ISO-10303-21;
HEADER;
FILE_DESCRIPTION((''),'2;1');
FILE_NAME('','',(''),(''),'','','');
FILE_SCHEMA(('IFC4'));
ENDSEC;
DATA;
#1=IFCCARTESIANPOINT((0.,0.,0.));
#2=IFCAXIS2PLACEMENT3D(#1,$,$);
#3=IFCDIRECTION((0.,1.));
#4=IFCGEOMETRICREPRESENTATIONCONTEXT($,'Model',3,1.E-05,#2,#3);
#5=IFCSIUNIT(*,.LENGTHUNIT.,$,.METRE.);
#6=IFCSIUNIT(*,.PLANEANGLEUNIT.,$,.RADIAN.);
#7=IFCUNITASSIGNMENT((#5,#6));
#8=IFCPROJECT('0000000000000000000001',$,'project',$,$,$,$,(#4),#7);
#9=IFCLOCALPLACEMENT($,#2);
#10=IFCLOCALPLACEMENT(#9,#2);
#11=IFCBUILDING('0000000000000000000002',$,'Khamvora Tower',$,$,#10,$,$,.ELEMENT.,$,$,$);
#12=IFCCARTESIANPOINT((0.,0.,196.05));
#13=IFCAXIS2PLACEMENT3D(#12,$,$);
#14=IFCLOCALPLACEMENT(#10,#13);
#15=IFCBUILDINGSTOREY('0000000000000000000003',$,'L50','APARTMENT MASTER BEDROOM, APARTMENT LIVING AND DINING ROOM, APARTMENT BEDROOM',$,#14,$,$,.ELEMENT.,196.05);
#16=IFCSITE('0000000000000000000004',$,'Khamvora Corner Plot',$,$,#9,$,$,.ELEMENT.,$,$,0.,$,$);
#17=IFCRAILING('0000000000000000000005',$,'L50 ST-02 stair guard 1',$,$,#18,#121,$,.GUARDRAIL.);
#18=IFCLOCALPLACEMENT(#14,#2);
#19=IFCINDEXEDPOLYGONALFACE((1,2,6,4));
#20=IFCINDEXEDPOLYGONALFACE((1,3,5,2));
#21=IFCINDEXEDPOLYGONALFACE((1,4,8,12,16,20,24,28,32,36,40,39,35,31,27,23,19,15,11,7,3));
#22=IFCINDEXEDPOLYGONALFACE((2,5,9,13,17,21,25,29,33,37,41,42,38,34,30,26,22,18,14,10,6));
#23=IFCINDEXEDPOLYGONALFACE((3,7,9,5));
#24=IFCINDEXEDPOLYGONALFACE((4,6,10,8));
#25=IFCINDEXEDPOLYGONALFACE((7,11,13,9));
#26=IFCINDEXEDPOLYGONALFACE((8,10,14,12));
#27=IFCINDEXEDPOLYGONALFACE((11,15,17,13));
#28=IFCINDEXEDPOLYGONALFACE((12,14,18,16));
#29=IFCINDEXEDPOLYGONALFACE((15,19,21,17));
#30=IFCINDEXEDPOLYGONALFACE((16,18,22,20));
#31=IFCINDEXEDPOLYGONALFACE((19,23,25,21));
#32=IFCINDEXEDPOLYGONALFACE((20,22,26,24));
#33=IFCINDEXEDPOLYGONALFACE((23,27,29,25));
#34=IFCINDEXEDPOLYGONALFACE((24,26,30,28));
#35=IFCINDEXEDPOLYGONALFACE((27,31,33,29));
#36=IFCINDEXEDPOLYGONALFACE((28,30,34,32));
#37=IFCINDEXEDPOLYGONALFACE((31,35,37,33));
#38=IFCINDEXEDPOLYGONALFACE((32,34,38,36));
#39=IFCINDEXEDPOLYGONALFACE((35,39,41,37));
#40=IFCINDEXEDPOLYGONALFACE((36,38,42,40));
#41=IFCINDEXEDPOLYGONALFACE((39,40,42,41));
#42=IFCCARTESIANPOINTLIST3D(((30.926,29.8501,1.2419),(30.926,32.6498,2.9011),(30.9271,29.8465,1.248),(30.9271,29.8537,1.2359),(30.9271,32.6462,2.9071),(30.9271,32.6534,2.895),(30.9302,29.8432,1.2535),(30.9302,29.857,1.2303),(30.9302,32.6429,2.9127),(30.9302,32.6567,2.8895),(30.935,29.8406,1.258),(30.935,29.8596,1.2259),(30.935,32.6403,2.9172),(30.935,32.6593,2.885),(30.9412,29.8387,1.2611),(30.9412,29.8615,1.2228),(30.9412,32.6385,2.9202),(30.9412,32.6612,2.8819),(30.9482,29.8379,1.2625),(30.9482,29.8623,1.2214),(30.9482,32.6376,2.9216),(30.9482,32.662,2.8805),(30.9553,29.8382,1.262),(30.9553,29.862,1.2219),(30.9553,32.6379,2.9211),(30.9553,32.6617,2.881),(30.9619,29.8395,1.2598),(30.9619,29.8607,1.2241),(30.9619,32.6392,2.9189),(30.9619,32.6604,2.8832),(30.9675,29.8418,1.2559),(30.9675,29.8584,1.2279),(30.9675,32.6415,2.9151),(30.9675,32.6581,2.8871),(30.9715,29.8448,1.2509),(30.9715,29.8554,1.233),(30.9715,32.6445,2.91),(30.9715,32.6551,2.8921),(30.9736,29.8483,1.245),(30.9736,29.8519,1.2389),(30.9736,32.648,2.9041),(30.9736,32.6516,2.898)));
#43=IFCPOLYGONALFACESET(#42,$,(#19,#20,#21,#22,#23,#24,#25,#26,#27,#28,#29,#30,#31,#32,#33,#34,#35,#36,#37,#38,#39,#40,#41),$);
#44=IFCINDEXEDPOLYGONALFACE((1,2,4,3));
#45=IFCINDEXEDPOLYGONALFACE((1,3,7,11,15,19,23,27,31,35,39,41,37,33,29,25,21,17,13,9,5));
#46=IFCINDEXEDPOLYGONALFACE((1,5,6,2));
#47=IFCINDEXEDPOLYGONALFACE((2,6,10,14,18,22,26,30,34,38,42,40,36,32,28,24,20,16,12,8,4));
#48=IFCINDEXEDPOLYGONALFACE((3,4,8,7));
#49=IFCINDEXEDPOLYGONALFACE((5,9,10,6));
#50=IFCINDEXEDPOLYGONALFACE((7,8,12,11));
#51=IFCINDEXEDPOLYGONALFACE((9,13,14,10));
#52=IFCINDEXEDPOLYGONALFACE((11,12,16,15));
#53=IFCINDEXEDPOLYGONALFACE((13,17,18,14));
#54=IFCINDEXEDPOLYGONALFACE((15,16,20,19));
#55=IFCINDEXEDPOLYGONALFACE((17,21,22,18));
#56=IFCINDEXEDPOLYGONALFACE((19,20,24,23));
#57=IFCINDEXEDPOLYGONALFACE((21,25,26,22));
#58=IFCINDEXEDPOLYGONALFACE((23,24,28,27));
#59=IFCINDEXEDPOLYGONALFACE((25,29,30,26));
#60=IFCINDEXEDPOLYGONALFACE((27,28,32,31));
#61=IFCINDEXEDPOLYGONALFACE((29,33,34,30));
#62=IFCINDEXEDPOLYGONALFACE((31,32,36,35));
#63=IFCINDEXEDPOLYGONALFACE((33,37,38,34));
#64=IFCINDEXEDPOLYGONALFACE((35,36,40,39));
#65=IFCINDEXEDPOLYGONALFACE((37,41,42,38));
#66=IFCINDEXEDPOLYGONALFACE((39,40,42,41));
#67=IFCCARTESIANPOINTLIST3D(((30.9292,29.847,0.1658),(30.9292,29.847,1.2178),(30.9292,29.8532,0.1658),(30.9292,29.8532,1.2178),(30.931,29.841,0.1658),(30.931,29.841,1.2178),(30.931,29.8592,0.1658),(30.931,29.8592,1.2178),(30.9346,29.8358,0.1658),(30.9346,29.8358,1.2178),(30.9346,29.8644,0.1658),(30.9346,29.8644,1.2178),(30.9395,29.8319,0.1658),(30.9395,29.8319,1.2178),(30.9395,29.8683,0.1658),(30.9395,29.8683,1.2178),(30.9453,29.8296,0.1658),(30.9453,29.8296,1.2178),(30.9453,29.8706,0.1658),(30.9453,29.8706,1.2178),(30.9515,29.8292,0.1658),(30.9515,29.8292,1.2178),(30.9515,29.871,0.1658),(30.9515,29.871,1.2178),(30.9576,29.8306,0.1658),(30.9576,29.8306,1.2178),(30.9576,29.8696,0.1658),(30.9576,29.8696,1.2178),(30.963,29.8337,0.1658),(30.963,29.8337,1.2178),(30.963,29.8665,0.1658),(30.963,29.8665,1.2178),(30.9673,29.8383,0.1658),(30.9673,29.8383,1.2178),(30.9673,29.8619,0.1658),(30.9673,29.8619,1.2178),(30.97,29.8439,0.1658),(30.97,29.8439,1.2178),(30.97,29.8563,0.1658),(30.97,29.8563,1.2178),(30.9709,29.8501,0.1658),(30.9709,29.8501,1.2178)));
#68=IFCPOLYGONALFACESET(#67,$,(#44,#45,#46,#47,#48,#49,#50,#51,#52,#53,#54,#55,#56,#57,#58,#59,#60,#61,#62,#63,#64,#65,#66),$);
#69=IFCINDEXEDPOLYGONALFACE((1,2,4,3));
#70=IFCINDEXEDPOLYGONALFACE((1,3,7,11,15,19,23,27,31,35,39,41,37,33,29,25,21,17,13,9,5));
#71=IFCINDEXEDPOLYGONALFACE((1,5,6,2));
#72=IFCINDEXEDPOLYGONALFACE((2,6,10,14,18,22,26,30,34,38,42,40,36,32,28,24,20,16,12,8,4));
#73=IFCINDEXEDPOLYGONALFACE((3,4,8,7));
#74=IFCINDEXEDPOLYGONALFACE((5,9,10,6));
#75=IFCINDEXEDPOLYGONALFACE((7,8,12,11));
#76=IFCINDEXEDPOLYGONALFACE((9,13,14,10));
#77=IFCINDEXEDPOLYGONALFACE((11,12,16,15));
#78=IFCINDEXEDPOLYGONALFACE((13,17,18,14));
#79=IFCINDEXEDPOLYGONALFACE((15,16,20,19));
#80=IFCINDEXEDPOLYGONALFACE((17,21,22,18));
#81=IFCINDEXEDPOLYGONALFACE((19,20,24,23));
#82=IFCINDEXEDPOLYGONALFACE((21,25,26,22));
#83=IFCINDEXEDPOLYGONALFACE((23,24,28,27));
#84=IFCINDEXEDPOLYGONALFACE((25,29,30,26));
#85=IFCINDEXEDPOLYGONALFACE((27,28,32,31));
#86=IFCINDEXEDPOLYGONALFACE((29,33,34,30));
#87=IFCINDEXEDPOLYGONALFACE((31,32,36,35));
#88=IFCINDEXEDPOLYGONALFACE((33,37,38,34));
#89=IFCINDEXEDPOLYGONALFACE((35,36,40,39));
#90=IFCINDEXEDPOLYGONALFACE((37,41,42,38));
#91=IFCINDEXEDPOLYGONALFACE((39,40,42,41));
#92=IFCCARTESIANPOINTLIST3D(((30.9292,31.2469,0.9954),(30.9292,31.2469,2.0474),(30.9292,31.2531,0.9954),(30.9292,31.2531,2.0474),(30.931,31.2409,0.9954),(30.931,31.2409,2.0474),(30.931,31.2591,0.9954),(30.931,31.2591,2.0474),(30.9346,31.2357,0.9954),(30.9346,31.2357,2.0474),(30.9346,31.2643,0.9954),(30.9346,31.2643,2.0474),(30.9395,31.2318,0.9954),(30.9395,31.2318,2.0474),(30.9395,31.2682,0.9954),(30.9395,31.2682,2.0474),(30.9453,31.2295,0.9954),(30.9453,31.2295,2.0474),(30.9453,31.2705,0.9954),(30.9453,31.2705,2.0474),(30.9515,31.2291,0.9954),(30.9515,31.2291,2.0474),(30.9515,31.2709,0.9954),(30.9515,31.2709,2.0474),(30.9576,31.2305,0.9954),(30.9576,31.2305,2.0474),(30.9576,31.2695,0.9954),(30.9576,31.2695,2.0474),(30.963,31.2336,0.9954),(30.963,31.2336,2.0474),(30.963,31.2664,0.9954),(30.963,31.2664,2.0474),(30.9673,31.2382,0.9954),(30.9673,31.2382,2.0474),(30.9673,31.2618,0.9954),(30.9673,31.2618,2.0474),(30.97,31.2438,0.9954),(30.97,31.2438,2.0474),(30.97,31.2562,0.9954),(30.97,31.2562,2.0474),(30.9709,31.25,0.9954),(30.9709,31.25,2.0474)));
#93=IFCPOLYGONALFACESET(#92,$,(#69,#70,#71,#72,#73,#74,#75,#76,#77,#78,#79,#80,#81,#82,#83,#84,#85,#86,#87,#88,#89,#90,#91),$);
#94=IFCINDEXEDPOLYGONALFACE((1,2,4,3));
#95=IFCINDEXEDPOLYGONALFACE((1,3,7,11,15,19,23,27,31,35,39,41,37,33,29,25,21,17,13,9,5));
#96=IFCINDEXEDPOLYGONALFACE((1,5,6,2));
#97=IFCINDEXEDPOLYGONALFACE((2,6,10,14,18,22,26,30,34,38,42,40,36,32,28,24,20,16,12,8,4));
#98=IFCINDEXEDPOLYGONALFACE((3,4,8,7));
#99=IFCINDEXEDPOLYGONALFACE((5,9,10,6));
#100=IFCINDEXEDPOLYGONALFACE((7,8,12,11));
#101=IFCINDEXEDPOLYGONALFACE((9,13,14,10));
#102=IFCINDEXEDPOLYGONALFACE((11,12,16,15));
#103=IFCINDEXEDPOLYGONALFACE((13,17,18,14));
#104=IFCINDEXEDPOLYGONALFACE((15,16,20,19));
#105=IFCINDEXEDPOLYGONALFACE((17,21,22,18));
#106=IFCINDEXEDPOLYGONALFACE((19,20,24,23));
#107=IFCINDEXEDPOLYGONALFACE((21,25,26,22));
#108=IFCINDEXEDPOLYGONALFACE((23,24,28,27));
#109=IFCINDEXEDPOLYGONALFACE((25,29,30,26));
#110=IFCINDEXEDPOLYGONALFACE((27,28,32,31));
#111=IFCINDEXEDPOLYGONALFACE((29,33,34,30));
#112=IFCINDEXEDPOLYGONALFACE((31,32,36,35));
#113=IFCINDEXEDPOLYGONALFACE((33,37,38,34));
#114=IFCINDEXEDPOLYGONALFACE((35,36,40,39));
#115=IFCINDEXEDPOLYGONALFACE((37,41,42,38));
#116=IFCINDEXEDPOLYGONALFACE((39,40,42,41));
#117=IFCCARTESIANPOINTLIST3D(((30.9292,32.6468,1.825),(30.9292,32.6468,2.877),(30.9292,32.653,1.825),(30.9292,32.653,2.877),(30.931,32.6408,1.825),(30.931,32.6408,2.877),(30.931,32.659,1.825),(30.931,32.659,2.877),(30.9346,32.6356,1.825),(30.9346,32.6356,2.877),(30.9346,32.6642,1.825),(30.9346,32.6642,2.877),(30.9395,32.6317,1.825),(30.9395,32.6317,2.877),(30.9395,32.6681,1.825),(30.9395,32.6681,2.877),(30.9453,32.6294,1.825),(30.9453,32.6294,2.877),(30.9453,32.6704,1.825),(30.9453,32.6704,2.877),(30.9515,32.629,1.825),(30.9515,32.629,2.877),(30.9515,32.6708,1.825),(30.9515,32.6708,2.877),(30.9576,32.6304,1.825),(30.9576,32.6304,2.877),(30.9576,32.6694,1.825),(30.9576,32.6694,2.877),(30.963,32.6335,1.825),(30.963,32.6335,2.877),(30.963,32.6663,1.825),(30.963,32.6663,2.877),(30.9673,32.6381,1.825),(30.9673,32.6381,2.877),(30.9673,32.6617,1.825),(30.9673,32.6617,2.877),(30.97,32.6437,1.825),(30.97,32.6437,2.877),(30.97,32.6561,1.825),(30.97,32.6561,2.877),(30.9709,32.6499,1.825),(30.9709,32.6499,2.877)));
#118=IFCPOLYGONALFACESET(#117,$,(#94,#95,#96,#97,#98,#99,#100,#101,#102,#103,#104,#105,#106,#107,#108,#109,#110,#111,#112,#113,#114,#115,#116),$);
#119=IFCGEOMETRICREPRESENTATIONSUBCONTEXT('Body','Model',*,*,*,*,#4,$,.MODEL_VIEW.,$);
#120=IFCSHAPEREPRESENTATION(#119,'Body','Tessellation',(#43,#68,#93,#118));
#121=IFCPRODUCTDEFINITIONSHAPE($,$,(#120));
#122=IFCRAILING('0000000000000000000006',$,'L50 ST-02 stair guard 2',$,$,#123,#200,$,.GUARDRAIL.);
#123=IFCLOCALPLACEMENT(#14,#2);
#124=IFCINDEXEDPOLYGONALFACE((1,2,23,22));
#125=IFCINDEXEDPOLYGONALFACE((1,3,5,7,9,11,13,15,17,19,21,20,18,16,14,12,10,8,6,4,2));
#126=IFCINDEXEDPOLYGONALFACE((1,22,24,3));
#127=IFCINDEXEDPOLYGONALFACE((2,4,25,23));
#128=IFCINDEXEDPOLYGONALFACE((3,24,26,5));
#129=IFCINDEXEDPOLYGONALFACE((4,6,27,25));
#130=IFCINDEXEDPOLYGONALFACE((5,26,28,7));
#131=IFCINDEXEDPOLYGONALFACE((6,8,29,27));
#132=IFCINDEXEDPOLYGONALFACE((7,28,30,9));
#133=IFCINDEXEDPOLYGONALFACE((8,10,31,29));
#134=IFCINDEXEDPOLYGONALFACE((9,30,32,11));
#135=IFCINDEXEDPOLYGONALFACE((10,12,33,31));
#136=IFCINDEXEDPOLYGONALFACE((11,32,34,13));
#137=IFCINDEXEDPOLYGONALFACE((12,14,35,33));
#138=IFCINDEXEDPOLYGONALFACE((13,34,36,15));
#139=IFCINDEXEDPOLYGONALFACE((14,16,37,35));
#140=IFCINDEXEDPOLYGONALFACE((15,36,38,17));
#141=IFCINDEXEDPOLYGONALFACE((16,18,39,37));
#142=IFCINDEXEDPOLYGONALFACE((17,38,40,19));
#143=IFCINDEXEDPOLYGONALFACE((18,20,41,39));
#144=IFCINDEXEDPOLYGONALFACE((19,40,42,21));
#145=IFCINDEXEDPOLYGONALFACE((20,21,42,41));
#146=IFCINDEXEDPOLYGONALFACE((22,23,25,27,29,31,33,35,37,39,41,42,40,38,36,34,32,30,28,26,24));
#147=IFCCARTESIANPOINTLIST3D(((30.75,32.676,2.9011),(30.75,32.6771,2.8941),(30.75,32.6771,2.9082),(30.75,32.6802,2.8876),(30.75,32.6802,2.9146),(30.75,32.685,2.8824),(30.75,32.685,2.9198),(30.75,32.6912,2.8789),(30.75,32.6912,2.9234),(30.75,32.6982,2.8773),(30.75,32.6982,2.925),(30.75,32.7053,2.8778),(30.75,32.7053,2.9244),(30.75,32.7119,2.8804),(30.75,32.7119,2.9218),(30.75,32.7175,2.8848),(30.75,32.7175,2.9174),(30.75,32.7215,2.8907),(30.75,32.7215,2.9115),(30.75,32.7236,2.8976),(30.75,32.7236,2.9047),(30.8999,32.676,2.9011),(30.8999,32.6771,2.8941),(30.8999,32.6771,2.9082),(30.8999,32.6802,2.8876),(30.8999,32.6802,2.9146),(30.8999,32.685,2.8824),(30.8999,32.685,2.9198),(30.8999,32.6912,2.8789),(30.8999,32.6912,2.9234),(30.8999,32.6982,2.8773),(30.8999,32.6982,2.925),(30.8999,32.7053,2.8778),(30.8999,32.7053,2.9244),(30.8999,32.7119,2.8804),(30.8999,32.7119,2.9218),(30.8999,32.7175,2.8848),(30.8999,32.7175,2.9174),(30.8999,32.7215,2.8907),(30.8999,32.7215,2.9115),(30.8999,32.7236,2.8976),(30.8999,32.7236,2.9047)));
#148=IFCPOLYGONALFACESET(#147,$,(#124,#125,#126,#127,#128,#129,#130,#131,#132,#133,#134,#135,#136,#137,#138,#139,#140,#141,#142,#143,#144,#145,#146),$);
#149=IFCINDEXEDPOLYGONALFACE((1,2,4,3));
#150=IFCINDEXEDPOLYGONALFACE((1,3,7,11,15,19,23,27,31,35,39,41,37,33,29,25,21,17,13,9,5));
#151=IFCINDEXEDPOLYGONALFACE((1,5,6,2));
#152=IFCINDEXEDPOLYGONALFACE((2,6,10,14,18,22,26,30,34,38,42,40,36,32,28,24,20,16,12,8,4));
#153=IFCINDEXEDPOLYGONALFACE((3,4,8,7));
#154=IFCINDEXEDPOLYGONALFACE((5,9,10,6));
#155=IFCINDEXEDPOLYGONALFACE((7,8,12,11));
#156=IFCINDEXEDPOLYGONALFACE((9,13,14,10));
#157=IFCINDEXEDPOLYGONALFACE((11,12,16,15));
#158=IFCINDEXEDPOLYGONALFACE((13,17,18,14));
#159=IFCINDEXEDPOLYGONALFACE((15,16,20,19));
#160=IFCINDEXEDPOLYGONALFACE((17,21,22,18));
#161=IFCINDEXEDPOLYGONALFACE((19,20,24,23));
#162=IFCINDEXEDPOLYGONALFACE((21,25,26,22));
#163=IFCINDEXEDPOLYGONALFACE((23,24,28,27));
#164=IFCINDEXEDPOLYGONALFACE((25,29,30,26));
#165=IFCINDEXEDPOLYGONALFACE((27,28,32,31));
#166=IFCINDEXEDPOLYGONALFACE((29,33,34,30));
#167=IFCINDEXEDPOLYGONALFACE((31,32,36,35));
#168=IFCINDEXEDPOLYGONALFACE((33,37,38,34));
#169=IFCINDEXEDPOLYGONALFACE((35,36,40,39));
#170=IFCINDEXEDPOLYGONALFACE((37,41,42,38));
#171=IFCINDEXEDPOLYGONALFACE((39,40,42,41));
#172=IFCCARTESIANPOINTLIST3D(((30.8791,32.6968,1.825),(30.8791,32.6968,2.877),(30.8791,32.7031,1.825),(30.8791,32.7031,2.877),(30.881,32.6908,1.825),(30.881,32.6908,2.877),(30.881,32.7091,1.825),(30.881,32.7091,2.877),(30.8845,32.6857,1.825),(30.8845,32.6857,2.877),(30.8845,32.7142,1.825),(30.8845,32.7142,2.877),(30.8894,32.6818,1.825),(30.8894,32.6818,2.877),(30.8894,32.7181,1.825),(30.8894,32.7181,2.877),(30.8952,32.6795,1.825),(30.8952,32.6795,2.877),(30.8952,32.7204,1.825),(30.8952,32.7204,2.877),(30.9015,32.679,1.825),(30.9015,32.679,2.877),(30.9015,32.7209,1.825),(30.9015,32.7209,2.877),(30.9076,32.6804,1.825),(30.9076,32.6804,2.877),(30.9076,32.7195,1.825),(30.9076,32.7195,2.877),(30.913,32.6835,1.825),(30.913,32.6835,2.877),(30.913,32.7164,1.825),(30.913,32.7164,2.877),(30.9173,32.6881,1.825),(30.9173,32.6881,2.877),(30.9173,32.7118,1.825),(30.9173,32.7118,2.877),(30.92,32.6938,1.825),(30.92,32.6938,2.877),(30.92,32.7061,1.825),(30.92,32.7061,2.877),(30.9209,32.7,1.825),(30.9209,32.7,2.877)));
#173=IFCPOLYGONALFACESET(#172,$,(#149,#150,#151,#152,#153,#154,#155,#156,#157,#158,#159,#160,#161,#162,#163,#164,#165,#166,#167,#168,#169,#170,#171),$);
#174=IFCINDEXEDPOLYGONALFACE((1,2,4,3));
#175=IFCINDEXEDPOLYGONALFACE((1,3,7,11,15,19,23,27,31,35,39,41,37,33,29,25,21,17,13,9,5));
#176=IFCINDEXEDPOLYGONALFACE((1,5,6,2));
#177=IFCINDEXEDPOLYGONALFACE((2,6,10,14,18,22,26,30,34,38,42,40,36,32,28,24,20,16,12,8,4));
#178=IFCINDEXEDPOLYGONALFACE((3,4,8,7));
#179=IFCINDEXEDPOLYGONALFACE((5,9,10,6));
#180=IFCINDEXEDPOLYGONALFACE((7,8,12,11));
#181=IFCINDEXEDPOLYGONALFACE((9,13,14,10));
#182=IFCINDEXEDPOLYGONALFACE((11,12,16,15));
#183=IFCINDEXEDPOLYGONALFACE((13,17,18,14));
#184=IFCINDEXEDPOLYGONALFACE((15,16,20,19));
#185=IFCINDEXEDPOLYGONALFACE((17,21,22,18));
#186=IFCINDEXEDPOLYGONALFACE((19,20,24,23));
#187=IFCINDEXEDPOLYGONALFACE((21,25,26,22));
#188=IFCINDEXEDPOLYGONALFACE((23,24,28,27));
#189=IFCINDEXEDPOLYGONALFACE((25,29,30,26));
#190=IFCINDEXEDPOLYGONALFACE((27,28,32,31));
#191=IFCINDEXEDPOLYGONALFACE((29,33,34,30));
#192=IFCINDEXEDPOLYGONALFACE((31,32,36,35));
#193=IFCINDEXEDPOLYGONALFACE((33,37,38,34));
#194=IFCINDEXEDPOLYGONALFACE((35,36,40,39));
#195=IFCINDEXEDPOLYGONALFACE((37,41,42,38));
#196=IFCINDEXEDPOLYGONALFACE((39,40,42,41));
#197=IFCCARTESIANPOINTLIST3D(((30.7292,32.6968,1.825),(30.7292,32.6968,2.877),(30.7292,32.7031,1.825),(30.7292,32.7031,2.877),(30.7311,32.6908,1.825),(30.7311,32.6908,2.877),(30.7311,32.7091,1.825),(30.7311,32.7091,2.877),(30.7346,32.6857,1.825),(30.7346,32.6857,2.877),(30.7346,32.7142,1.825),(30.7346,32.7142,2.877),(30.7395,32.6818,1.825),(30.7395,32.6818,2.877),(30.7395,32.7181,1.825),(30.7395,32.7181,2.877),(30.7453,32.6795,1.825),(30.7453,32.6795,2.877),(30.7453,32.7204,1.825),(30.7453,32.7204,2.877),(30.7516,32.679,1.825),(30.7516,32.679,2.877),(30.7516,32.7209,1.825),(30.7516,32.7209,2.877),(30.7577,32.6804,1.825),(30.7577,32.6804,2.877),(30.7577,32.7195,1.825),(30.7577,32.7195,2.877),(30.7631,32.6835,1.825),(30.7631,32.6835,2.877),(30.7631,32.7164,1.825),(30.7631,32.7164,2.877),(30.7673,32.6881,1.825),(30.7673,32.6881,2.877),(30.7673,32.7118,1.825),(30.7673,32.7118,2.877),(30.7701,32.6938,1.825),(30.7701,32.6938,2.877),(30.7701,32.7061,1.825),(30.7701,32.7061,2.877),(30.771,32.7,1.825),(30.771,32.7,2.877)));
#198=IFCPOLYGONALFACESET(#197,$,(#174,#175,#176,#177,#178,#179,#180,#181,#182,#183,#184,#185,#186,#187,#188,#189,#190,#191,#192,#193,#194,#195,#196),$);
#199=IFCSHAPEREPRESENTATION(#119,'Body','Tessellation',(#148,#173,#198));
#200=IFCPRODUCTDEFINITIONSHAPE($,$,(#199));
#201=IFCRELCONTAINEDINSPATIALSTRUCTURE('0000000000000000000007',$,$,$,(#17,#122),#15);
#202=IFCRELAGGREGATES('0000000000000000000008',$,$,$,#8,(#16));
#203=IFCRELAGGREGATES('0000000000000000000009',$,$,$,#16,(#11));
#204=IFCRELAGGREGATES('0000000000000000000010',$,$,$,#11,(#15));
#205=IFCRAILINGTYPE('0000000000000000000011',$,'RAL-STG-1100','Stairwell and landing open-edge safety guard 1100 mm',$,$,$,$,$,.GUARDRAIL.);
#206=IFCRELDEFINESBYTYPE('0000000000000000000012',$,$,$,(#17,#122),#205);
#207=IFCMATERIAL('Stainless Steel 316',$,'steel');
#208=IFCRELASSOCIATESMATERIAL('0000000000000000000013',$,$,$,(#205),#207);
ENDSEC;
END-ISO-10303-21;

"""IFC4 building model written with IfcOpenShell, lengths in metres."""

from ifc_helpers import new_model, si_unit, direction, frame, origin, origin_2d, place, context, subcontext, project, spatial, circle, extrude, material, type_object, element, save


model = new_model("IFC4")

# Units and contexts
model_context = context("Model", 3, precision=1e-05, world=origin(), true_north=direction((0.0, 1.0)))
body_context = subcontext(model_context, "Body", "Model", "MODEL_VIEW")
ifc_project = project(units=[si_unit("LENGTHUNIT", "METRE"), si_unit("PLANEANGLEUNIT", "RADIAN")], contexts=[model_context])

# Site, building, storey
site_placement = place(None, origin())
site = spatial("IfcSite", under=ifc_project, at=site_placement, Name="Khamvora Corner Plot", CompositionType="ELEMENT", RefElevation=0.0)
building_placement = place(site_placement, origin())
building = spatial("IfcBuilding", under=site, at=building_placement, Name="Khamvora Tower", CompositionType="ELEMENT")
storey_placement = place(building_placement, frame((0.0, 0.0, 196.05)))
storey = spatial("IfcBuildingStorey", under=building, at=storey_placement, Name="L50", Description="APARTMENT MASTER BEDROOM, APARTMENT LIVING AND DINING ROOM, APARTMENT BEDROOM", CompositionType="ELEMENT", Elevation=196.05)

# Railings
ifc_material_1 = material(Name="Stainless Steel 316", Category="steel")
railing_type_1 = type_object("IfcRailingType", Name="RAL-STG-1100", Description="Stairwell and landing open-edge safety guard 1100 mm", PredefinedType="GUARDRAIL", material=ifc_material_1)
railing_1_placement = place(storey_placement, frame((30.95, 29.8501, 0.1658)))
element("IfcRailing", 1, at=railing_1_placement, inside=storey, type_object=railing_type_1, Name="L50 ST-02 stair guard 1", PredefinedType="GUARDRAIL", context=body_context, shape_type="SweptSolid", body=[
    extrude(circle(Radius=0.0239, at=origin_2d()), frame((0.0, 0.0, 1.0762), z_axis=(0.0, 0.860287, 0.509811), x_axis=(-1.0, 0.0, 0.0)), (0.0, 0.0, 1.0), 3.2544),
    extrude(circle(Radius=0.021, at=origin_2d()), origin(), (0.0, 0.0, 1.0), 1.052),
    extrude(circle(Radius=0.021, at=origin_2d()), frame((0.0, 1.3999, 0.8296)), (0.0, 0.0, 1.0), 1.052),
    extrude(circle(Radius=0.021, at=origin_2d()), frame((0.0, 2.7998, 1.6592)), (0.0, 0.0, 1.0), 1.052),
])
railing_2_placement = place(storey_placement, frame((30.8999, 32.7, 1.825)))
element("IfcRailing", 2, at=railing_2_placement, inside=storey, type_object=railing_type_1, Name="L50 ST-02 stair guard 2", PredefinedType="GUARDRAIL", context=body_context, shape_type="SweptSolid", body=[
    extrude(circle(Radius=0.0239, at=origin_2d()), frame((0.0, 0.0, 1.0762), z_axis=(-1.0, 0.0, 0.0), x_axis=(0.0, -1.0, 0.0)), (0.0, 0.0, 1.0), 0.1499),
    extrude(circle(Radius=0.021, at=origin_2d()), origin(), (0.0, 0.0, 1.0), 1.052),
    extrude(circle(Radius=0.021, at=origin_2d()), frame((-0.1499, 0.0, 0.0)), (0.0, 0.0, 1.0), 1.052),
])

save(model, "model.ifc")
